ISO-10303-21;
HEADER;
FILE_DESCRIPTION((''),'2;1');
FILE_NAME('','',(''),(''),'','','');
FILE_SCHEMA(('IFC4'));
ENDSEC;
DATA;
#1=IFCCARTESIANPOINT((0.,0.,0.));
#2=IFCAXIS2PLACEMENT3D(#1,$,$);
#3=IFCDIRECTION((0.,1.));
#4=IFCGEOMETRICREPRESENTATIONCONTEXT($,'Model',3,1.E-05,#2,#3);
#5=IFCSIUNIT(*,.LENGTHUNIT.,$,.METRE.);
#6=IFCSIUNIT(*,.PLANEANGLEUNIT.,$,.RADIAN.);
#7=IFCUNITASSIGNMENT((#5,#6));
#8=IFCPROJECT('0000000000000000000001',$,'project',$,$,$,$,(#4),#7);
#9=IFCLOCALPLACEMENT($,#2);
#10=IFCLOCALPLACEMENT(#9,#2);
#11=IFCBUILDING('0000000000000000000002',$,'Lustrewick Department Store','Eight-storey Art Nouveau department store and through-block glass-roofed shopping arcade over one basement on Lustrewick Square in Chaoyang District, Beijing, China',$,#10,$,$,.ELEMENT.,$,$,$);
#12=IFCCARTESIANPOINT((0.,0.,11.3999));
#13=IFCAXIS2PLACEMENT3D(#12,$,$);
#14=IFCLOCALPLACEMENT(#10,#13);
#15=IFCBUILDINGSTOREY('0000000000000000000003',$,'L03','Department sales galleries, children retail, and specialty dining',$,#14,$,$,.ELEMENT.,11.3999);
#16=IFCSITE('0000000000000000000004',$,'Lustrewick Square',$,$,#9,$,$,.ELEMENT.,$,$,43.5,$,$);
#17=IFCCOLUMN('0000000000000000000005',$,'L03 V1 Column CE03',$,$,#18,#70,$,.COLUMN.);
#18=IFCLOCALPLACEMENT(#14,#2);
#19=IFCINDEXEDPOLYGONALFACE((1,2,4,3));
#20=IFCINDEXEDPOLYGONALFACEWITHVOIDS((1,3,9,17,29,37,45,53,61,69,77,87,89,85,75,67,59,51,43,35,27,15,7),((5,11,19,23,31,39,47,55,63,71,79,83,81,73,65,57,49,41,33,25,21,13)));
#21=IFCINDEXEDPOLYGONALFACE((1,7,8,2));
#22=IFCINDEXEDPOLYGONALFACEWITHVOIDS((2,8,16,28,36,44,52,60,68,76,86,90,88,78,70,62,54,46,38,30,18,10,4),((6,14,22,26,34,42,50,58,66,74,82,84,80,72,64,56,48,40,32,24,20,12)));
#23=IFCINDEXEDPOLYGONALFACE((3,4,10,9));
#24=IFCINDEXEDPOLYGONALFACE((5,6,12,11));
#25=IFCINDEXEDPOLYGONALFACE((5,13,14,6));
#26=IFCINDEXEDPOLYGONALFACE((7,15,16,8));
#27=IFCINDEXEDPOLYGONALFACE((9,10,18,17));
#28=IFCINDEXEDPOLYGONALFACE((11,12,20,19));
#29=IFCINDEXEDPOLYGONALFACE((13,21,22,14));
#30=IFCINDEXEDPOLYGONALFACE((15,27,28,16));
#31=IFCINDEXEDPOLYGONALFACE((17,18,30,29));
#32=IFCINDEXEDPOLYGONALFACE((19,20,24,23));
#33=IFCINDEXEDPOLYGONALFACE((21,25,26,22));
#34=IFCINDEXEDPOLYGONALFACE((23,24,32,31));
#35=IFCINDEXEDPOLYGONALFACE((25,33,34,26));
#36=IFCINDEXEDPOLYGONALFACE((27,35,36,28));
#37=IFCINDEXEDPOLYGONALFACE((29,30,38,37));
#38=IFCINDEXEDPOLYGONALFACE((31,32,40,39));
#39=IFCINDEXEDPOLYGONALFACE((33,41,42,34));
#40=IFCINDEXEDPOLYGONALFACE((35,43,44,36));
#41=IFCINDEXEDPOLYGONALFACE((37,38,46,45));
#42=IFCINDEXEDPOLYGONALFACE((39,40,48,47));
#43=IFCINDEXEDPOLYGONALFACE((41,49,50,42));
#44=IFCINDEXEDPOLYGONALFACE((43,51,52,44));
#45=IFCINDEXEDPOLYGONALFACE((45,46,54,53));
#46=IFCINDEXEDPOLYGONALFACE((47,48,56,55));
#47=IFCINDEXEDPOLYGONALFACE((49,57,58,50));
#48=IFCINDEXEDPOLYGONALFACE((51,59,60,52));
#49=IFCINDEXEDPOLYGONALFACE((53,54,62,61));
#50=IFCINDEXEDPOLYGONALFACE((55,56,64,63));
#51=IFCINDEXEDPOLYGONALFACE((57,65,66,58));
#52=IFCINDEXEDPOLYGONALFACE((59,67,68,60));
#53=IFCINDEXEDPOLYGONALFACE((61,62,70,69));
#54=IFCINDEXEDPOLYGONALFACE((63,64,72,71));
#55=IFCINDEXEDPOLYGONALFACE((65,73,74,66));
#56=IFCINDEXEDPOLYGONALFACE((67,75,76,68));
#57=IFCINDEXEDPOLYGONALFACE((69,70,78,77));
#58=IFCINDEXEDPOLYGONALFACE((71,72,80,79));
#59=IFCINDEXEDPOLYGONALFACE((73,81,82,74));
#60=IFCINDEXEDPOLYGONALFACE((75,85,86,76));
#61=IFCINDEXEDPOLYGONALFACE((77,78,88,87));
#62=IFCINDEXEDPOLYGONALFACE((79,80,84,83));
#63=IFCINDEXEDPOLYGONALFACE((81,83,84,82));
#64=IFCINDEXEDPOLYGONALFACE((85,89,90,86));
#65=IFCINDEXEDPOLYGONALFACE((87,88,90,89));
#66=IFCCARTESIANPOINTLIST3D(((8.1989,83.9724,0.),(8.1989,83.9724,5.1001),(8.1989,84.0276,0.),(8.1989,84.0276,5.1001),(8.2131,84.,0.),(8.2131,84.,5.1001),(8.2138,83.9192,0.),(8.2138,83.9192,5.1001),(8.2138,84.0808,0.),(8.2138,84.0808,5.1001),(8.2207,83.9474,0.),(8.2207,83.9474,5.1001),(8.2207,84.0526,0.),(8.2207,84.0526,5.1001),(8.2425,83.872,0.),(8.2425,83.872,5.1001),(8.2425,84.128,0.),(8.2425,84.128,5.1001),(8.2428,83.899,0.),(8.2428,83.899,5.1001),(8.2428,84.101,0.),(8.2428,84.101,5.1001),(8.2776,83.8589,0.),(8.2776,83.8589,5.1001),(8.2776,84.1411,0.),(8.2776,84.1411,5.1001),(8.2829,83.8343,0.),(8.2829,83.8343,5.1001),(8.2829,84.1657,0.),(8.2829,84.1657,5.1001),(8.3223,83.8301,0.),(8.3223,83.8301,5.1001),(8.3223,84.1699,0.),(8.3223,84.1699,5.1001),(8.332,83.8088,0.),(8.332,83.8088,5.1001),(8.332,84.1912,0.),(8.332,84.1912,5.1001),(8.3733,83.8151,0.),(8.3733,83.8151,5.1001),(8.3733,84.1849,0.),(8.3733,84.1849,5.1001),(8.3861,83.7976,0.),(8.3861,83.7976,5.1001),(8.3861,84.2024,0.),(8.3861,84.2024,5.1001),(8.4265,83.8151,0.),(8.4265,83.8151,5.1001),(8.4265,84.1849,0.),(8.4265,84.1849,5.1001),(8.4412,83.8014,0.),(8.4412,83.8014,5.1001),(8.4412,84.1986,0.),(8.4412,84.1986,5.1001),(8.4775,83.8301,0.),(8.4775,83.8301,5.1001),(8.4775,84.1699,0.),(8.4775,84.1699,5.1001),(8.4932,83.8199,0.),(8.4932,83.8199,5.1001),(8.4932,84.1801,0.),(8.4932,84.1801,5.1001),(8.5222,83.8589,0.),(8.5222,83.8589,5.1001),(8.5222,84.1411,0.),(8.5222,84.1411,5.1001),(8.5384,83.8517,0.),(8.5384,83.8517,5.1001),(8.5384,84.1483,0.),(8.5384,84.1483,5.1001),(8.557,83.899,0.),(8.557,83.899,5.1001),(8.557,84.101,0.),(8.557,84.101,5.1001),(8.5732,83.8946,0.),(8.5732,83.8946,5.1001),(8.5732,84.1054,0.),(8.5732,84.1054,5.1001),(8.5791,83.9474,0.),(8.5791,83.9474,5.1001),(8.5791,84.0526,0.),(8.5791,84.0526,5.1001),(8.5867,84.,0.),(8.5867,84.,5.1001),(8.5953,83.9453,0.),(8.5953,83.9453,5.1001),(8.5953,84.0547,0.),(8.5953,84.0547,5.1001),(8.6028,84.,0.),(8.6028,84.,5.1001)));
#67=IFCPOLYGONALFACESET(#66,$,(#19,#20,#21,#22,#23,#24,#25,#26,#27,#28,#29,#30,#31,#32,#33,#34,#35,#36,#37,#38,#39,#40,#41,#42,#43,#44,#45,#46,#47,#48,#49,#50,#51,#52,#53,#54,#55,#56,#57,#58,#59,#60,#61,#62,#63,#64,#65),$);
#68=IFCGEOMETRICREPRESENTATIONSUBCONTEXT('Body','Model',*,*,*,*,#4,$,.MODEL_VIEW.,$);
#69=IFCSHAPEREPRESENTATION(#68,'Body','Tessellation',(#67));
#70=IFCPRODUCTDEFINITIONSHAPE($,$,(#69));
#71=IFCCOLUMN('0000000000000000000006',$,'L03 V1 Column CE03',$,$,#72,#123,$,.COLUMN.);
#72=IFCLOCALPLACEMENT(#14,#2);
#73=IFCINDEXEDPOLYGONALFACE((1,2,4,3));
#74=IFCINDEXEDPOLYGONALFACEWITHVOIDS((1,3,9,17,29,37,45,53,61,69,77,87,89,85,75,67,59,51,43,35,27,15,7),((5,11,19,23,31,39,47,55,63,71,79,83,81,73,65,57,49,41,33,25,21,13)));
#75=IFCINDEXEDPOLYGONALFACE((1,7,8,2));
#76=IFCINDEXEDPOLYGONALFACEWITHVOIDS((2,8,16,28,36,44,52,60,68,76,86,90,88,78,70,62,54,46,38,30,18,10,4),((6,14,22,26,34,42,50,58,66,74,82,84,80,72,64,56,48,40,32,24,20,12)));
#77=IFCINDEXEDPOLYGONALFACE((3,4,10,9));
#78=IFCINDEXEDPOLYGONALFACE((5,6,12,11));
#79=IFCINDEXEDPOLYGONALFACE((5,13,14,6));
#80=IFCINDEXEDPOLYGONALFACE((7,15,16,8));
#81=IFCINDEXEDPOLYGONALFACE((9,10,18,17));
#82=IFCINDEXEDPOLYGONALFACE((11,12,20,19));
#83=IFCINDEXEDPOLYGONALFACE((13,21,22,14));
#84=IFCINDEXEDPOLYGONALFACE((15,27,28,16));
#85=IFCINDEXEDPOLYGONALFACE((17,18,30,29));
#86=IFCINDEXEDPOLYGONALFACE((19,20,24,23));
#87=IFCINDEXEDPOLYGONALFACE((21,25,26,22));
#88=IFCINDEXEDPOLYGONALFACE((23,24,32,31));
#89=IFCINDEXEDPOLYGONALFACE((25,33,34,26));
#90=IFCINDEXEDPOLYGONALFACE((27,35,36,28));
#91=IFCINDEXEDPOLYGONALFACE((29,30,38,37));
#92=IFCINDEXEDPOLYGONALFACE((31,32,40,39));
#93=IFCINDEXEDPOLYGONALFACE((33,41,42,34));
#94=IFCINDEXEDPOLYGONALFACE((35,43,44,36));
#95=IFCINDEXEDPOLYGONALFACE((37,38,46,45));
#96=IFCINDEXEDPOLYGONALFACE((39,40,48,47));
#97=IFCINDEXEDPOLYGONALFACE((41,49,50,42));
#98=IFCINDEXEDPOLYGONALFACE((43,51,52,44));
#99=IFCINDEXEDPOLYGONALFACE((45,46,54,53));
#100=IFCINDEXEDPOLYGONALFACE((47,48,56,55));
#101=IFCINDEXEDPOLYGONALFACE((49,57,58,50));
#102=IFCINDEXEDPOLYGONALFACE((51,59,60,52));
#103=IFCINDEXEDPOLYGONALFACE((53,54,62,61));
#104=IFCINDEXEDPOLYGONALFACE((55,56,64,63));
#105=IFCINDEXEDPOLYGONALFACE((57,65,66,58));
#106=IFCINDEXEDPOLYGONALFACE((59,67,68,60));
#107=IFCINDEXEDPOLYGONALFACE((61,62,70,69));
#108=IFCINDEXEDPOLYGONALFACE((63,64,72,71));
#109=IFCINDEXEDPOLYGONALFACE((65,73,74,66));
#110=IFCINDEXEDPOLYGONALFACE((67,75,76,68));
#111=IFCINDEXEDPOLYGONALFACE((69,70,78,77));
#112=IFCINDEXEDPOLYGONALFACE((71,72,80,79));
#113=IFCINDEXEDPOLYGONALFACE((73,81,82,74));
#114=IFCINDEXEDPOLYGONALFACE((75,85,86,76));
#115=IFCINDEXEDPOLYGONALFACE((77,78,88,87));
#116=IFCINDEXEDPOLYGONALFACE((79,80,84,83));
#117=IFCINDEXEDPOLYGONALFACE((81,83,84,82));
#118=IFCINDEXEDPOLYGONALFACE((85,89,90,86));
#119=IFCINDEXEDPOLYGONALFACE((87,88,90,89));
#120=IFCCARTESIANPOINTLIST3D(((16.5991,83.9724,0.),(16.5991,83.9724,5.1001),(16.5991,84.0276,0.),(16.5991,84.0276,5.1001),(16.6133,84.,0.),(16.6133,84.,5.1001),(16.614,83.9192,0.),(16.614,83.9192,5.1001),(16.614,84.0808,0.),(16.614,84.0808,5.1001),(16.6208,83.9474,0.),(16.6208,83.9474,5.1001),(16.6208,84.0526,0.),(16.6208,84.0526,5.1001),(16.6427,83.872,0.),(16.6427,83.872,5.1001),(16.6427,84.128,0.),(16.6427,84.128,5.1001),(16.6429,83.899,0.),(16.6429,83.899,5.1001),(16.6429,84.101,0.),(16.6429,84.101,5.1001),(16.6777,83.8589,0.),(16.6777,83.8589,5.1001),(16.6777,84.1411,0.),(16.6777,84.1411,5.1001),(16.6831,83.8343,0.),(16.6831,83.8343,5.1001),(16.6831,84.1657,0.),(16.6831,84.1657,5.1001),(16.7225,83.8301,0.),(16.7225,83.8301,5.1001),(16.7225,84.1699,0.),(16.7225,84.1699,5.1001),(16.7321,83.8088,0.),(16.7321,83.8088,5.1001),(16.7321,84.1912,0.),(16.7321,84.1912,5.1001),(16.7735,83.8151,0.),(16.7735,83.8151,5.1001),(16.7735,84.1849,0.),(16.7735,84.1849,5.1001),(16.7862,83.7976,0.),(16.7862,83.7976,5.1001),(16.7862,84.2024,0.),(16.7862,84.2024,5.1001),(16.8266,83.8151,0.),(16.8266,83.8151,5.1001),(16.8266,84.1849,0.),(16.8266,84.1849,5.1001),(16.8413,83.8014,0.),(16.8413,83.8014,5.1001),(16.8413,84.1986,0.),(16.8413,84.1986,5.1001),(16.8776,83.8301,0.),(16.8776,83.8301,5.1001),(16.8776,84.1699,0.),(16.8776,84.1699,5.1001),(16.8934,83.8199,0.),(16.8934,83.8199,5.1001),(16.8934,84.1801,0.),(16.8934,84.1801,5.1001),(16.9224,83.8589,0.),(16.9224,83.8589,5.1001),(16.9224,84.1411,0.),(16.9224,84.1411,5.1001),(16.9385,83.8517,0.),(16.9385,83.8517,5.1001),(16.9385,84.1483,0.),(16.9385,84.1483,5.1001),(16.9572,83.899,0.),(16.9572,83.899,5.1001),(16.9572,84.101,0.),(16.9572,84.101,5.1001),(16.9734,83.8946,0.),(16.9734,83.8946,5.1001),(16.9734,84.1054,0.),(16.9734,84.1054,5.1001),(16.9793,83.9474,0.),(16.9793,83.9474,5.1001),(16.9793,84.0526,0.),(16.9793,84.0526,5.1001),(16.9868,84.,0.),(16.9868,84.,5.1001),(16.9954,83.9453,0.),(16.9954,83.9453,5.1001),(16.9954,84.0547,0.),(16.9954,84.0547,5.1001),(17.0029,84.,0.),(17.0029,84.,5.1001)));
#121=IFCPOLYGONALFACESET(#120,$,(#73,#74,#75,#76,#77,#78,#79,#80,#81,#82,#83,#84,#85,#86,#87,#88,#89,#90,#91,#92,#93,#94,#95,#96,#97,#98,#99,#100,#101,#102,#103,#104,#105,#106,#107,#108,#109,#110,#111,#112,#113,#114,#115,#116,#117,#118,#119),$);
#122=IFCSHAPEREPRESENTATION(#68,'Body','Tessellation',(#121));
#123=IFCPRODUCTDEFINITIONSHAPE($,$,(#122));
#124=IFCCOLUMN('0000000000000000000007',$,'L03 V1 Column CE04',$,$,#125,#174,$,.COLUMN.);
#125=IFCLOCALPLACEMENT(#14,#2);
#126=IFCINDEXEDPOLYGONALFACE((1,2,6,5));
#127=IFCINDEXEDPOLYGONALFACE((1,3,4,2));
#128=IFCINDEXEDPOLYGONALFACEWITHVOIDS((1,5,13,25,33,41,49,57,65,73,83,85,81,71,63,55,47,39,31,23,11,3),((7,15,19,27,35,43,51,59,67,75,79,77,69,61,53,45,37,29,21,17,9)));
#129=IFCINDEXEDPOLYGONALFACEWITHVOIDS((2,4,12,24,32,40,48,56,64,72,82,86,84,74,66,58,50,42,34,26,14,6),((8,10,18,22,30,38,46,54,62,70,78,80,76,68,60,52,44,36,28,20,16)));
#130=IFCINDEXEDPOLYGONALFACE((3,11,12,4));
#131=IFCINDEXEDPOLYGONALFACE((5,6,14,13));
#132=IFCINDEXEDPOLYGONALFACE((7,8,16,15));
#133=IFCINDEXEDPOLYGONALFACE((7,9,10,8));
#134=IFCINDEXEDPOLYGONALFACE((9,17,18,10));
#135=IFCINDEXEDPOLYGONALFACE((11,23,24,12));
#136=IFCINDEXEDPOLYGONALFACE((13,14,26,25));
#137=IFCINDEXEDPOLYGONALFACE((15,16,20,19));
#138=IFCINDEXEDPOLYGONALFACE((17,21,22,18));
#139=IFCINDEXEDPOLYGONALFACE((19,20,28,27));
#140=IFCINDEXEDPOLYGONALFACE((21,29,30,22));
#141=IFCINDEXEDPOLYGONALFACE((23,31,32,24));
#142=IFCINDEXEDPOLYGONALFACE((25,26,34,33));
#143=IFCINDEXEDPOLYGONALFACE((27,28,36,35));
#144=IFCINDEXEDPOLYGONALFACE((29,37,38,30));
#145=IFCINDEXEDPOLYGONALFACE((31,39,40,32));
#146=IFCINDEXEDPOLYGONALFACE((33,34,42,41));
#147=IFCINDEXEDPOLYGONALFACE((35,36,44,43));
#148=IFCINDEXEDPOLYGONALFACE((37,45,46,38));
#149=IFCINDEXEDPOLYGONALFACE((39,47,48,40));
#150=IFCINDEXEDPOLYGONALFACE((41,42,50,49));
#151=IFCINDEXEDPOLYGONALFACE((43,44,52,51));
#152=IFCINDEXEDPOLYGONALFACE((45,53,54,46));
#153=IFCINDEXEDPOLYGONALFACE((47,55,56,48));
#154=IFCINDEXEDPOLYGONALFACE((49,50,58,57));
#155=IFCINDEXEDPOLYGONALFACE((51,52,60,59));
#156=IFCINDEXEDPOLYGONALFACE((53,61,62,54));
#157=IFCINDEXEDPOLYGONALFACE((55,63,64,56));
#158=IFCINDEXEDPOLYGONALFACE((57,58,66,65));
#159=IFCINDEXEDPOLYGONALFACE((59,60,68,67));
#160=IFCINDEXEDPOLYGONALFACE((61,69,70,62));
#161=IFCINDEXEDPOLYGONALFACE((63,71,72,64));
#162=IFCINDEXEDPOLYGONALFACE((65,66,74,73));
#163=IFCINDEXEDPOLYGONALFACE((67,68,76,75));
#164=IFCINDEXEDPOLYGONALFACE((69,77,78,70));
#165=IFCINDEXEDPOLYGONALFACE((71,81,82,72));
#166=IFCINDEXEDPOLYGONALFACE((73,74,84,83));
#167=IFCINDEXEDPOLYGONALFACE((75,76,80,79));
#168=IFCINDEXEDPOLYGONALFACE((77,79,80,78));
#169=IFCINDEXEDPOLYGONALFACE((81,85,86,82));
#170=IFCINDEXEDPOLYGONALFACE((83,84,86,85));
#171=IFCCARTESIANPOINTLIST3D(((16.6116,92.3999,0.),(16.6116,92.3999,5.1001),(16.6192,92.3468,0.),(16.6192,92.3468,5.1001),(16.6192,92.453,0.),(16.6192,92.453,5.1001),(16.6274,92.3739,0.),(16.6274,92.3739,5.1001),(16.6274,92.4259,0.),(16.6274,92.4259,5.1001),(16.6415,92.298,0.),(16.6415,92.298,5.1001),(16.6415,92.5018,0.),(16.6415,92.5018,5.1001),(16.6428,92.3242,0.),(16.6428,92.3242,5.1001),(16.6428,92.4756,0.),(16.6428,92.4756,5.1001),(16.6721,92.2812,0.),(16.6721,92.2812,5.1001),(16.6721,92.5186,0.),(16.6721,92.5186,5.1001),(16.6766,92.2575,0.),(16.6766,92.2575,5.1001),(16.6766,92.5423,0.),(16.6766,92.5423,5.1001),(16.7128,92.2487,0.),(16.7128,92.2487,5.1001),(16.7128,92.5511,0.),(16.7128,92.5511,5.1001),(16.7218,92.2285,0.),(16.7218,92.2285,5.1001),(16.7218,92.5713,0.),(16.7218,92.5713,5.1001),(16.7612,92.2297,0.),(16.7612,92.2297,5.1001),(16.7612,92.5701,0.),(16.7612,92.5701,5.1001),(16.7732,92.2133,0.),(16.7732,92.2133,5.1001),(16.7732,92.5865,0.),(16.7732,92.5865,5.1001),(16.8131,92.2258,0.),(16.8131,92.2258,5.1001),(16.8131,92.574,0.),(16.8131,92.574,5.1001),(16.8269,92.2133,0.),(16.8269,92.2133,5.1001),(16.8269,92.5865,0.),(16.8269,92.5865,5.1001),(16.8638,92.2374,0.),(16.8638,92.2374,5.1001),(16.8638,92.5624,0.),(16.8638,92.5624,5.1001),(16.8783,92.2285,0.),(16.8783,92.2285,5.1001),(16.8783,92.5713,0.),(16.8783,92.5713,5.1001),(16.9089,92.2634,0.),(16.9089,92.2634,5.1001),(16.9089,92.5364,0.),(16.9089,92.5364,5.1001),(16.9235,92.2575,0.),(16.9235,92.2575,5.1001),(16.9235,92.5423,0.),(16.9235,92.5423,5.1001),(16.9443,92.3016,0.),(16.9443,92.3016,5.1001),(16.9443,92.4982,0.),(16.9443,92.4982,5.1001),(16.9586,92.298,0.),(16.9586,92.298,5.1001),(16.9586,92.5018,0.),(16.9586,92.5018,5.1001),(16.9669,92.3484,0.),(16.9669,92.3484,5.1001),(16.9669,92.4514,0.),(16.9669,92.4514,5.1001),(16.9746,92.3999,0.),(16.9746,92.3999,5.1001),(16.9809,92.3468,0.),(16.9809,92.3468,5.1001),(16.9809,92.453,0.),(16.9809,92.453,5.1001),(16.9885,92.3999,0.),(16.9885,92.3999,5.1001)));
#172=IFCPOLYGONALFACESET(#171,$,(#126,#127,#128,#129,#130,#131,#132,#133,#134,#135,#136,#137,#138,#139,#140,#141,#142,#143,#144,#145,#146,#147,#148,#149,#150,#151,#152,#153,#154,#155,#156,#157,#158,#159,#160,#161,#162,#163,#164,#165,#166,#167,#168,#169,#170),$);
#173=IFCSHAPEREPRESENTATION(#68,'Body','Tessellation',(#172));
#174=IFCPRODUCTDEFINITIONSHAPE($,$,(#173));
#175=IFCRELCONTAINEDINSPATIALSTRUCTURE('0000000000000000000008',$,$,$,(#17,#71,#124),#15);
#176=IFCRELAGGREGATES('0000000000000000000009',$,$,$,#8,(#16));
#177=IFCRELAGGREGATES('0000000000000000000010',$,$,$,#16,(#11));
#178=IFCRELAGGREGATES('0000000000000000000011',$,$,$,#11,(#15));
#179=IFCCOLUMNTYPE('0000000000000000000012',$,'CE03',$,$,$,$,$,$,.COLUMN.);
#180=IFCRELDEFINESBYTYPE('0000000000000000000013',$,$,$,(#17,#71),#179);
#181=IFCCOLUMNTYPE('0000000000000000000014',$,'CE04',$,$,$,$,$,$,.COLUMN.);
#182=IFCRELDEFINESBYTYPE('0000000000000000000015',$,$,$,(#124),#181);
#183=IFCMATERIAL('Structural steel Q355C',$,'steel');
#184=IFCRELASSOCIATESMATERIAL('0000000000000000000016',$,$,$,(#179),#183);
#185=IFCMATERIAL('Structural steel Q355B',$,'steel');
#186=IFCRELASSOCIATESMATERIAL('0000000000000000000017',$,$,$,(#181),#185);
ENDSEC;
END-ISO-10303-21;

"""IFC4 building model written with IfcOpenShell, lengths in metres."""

from ifc_helpers import new_model, si_unit, direction, frame, origin, origin_2d, place, context, subcontext, project, spatial, hollow_circle, extrude, material, material_profile, profile_set, type_object, element, save


model = new_model("IFC4")

# Units and contexts
model_context = context("Model", 3, precision=1e-05, world=origin(), true_north=direction((0.0, 1.0)))
body_context = subcontext(model_context, "Body", "Model", "MODEL_VIEW")
ifc_project = project(units=[si_unit("LENGTHUNIT", "METRE"), si_unit("PLANEANGLEUNIT", "RADIAN")], contexts=[model_context])

# Site, building, storey
site_placement = place(None, origin())
site = spatial("IfcSite", under=ifc_project, at=site_placement, Name="Lustrewick Square", CompositionType="ELEMENT", RefElevation=43.5)
building_placement = place(site_placement, origin())
building = spatial("IfcBuilding", under=site, at=building_placement, Name="Lustrewick Department Store", Description="Eight-storey Art Nouveau department store and through-block glass-roofed shopping arcade over one basement on Lustrewick Square in Chaoyang District, Beijing, China", CompositionType="ELEMENT")
storey_placement = place(building_placement, frame((0.0, 0.0, 11.3999)))
storey = spatial("IfcBuildingStorey", under=building, at=storey_placement, Name="L03", Description="Department sales galleries, children retail, and specialty dining", CompositionType="ELEMENT", Elevation=11.3999)

# Columns
ifc_material_1 = material(Name="Structural steel Q355C", Category="steel")
ifc_material_profile_1 = material_profile(ifc_material_1, hollow_circle(Radius=0.2029, WallThickness=0.0161, at=origin_2d()), Name="CHS 406x16")
ifc_profile_set_1 = profile_set([ifc_material_profile_1], Name="Structural steel Q355C")
column_type_1 = type_object("IfcColumnType", Name="CE03", PredefinedType="COLUMN", material=ifc_profile_set_1)
for number, where, z_axis, x_axis, name in (
    (1, (8.3999, 84.0, 0.0), (0.0, 0.0, 1.0), (1.0, 0.0, 0.0), "L03 V1 Column CE03"),
    (2, (16.8, 84.0, 0.0), (0.0, 0.0, 1.0), (1.0, 0.0, 0.0), "L03 V1 Column CE03"),
):
    element("IfcColumn", number, at=place(storey_placement, frame(where, z_axis=z_axis, x_axis=x_axis)), inside=storey, type_object=column_type_1, Name=name, PredefinedType="COLUMN", context=body_context, shape_type="SweptSolid", body=[
        extrude(hollow_circle(Radius=0.2029, WallThickness=0.0161, at=origin_2d()), origin(), (0.0, 0.0, 1.0), 5.1001),
    ])
ifc_material_2 = material(Name="Structural steel Q355B", Category="steel")
ifc_material_profile_2 = material_profile(ifc_material_2, hollow_circle(Radius=0.1885, WallThickness=0.0139, at=origin_2d()), Name="CHS 377x14")
ifc_profile_set_2 = profile_set([ifc_material_profile_2], Name="Structural steel Q355B")
column_type_2 = type_object("IfcColumnType", Name="CE04", PredefinedType="COLUMN", material=ifc_profile_set_2)
column_placement = place(storey_placement, frame((16.8, 92.3999, 0.0), z_axis=(0.0, 0.0, 1.0), x_axis=(1.0, 0.0, 0.0)))
element("IfcColumn", 3, at=column_placement, inside=storey, type_object=column_type_2, Name="L03 V1 Column CE04", PredefinedType="COLUMN", context=body_context, shape_type="SweptSolid", body=[
    extrude(hollow_circle(Radius=0.1885, WallThickness=0.0139, at=origin_2d()), origin(), (0.0, 0.0, 1.0), 5.1001),
])

save(model, "model.ifc")
